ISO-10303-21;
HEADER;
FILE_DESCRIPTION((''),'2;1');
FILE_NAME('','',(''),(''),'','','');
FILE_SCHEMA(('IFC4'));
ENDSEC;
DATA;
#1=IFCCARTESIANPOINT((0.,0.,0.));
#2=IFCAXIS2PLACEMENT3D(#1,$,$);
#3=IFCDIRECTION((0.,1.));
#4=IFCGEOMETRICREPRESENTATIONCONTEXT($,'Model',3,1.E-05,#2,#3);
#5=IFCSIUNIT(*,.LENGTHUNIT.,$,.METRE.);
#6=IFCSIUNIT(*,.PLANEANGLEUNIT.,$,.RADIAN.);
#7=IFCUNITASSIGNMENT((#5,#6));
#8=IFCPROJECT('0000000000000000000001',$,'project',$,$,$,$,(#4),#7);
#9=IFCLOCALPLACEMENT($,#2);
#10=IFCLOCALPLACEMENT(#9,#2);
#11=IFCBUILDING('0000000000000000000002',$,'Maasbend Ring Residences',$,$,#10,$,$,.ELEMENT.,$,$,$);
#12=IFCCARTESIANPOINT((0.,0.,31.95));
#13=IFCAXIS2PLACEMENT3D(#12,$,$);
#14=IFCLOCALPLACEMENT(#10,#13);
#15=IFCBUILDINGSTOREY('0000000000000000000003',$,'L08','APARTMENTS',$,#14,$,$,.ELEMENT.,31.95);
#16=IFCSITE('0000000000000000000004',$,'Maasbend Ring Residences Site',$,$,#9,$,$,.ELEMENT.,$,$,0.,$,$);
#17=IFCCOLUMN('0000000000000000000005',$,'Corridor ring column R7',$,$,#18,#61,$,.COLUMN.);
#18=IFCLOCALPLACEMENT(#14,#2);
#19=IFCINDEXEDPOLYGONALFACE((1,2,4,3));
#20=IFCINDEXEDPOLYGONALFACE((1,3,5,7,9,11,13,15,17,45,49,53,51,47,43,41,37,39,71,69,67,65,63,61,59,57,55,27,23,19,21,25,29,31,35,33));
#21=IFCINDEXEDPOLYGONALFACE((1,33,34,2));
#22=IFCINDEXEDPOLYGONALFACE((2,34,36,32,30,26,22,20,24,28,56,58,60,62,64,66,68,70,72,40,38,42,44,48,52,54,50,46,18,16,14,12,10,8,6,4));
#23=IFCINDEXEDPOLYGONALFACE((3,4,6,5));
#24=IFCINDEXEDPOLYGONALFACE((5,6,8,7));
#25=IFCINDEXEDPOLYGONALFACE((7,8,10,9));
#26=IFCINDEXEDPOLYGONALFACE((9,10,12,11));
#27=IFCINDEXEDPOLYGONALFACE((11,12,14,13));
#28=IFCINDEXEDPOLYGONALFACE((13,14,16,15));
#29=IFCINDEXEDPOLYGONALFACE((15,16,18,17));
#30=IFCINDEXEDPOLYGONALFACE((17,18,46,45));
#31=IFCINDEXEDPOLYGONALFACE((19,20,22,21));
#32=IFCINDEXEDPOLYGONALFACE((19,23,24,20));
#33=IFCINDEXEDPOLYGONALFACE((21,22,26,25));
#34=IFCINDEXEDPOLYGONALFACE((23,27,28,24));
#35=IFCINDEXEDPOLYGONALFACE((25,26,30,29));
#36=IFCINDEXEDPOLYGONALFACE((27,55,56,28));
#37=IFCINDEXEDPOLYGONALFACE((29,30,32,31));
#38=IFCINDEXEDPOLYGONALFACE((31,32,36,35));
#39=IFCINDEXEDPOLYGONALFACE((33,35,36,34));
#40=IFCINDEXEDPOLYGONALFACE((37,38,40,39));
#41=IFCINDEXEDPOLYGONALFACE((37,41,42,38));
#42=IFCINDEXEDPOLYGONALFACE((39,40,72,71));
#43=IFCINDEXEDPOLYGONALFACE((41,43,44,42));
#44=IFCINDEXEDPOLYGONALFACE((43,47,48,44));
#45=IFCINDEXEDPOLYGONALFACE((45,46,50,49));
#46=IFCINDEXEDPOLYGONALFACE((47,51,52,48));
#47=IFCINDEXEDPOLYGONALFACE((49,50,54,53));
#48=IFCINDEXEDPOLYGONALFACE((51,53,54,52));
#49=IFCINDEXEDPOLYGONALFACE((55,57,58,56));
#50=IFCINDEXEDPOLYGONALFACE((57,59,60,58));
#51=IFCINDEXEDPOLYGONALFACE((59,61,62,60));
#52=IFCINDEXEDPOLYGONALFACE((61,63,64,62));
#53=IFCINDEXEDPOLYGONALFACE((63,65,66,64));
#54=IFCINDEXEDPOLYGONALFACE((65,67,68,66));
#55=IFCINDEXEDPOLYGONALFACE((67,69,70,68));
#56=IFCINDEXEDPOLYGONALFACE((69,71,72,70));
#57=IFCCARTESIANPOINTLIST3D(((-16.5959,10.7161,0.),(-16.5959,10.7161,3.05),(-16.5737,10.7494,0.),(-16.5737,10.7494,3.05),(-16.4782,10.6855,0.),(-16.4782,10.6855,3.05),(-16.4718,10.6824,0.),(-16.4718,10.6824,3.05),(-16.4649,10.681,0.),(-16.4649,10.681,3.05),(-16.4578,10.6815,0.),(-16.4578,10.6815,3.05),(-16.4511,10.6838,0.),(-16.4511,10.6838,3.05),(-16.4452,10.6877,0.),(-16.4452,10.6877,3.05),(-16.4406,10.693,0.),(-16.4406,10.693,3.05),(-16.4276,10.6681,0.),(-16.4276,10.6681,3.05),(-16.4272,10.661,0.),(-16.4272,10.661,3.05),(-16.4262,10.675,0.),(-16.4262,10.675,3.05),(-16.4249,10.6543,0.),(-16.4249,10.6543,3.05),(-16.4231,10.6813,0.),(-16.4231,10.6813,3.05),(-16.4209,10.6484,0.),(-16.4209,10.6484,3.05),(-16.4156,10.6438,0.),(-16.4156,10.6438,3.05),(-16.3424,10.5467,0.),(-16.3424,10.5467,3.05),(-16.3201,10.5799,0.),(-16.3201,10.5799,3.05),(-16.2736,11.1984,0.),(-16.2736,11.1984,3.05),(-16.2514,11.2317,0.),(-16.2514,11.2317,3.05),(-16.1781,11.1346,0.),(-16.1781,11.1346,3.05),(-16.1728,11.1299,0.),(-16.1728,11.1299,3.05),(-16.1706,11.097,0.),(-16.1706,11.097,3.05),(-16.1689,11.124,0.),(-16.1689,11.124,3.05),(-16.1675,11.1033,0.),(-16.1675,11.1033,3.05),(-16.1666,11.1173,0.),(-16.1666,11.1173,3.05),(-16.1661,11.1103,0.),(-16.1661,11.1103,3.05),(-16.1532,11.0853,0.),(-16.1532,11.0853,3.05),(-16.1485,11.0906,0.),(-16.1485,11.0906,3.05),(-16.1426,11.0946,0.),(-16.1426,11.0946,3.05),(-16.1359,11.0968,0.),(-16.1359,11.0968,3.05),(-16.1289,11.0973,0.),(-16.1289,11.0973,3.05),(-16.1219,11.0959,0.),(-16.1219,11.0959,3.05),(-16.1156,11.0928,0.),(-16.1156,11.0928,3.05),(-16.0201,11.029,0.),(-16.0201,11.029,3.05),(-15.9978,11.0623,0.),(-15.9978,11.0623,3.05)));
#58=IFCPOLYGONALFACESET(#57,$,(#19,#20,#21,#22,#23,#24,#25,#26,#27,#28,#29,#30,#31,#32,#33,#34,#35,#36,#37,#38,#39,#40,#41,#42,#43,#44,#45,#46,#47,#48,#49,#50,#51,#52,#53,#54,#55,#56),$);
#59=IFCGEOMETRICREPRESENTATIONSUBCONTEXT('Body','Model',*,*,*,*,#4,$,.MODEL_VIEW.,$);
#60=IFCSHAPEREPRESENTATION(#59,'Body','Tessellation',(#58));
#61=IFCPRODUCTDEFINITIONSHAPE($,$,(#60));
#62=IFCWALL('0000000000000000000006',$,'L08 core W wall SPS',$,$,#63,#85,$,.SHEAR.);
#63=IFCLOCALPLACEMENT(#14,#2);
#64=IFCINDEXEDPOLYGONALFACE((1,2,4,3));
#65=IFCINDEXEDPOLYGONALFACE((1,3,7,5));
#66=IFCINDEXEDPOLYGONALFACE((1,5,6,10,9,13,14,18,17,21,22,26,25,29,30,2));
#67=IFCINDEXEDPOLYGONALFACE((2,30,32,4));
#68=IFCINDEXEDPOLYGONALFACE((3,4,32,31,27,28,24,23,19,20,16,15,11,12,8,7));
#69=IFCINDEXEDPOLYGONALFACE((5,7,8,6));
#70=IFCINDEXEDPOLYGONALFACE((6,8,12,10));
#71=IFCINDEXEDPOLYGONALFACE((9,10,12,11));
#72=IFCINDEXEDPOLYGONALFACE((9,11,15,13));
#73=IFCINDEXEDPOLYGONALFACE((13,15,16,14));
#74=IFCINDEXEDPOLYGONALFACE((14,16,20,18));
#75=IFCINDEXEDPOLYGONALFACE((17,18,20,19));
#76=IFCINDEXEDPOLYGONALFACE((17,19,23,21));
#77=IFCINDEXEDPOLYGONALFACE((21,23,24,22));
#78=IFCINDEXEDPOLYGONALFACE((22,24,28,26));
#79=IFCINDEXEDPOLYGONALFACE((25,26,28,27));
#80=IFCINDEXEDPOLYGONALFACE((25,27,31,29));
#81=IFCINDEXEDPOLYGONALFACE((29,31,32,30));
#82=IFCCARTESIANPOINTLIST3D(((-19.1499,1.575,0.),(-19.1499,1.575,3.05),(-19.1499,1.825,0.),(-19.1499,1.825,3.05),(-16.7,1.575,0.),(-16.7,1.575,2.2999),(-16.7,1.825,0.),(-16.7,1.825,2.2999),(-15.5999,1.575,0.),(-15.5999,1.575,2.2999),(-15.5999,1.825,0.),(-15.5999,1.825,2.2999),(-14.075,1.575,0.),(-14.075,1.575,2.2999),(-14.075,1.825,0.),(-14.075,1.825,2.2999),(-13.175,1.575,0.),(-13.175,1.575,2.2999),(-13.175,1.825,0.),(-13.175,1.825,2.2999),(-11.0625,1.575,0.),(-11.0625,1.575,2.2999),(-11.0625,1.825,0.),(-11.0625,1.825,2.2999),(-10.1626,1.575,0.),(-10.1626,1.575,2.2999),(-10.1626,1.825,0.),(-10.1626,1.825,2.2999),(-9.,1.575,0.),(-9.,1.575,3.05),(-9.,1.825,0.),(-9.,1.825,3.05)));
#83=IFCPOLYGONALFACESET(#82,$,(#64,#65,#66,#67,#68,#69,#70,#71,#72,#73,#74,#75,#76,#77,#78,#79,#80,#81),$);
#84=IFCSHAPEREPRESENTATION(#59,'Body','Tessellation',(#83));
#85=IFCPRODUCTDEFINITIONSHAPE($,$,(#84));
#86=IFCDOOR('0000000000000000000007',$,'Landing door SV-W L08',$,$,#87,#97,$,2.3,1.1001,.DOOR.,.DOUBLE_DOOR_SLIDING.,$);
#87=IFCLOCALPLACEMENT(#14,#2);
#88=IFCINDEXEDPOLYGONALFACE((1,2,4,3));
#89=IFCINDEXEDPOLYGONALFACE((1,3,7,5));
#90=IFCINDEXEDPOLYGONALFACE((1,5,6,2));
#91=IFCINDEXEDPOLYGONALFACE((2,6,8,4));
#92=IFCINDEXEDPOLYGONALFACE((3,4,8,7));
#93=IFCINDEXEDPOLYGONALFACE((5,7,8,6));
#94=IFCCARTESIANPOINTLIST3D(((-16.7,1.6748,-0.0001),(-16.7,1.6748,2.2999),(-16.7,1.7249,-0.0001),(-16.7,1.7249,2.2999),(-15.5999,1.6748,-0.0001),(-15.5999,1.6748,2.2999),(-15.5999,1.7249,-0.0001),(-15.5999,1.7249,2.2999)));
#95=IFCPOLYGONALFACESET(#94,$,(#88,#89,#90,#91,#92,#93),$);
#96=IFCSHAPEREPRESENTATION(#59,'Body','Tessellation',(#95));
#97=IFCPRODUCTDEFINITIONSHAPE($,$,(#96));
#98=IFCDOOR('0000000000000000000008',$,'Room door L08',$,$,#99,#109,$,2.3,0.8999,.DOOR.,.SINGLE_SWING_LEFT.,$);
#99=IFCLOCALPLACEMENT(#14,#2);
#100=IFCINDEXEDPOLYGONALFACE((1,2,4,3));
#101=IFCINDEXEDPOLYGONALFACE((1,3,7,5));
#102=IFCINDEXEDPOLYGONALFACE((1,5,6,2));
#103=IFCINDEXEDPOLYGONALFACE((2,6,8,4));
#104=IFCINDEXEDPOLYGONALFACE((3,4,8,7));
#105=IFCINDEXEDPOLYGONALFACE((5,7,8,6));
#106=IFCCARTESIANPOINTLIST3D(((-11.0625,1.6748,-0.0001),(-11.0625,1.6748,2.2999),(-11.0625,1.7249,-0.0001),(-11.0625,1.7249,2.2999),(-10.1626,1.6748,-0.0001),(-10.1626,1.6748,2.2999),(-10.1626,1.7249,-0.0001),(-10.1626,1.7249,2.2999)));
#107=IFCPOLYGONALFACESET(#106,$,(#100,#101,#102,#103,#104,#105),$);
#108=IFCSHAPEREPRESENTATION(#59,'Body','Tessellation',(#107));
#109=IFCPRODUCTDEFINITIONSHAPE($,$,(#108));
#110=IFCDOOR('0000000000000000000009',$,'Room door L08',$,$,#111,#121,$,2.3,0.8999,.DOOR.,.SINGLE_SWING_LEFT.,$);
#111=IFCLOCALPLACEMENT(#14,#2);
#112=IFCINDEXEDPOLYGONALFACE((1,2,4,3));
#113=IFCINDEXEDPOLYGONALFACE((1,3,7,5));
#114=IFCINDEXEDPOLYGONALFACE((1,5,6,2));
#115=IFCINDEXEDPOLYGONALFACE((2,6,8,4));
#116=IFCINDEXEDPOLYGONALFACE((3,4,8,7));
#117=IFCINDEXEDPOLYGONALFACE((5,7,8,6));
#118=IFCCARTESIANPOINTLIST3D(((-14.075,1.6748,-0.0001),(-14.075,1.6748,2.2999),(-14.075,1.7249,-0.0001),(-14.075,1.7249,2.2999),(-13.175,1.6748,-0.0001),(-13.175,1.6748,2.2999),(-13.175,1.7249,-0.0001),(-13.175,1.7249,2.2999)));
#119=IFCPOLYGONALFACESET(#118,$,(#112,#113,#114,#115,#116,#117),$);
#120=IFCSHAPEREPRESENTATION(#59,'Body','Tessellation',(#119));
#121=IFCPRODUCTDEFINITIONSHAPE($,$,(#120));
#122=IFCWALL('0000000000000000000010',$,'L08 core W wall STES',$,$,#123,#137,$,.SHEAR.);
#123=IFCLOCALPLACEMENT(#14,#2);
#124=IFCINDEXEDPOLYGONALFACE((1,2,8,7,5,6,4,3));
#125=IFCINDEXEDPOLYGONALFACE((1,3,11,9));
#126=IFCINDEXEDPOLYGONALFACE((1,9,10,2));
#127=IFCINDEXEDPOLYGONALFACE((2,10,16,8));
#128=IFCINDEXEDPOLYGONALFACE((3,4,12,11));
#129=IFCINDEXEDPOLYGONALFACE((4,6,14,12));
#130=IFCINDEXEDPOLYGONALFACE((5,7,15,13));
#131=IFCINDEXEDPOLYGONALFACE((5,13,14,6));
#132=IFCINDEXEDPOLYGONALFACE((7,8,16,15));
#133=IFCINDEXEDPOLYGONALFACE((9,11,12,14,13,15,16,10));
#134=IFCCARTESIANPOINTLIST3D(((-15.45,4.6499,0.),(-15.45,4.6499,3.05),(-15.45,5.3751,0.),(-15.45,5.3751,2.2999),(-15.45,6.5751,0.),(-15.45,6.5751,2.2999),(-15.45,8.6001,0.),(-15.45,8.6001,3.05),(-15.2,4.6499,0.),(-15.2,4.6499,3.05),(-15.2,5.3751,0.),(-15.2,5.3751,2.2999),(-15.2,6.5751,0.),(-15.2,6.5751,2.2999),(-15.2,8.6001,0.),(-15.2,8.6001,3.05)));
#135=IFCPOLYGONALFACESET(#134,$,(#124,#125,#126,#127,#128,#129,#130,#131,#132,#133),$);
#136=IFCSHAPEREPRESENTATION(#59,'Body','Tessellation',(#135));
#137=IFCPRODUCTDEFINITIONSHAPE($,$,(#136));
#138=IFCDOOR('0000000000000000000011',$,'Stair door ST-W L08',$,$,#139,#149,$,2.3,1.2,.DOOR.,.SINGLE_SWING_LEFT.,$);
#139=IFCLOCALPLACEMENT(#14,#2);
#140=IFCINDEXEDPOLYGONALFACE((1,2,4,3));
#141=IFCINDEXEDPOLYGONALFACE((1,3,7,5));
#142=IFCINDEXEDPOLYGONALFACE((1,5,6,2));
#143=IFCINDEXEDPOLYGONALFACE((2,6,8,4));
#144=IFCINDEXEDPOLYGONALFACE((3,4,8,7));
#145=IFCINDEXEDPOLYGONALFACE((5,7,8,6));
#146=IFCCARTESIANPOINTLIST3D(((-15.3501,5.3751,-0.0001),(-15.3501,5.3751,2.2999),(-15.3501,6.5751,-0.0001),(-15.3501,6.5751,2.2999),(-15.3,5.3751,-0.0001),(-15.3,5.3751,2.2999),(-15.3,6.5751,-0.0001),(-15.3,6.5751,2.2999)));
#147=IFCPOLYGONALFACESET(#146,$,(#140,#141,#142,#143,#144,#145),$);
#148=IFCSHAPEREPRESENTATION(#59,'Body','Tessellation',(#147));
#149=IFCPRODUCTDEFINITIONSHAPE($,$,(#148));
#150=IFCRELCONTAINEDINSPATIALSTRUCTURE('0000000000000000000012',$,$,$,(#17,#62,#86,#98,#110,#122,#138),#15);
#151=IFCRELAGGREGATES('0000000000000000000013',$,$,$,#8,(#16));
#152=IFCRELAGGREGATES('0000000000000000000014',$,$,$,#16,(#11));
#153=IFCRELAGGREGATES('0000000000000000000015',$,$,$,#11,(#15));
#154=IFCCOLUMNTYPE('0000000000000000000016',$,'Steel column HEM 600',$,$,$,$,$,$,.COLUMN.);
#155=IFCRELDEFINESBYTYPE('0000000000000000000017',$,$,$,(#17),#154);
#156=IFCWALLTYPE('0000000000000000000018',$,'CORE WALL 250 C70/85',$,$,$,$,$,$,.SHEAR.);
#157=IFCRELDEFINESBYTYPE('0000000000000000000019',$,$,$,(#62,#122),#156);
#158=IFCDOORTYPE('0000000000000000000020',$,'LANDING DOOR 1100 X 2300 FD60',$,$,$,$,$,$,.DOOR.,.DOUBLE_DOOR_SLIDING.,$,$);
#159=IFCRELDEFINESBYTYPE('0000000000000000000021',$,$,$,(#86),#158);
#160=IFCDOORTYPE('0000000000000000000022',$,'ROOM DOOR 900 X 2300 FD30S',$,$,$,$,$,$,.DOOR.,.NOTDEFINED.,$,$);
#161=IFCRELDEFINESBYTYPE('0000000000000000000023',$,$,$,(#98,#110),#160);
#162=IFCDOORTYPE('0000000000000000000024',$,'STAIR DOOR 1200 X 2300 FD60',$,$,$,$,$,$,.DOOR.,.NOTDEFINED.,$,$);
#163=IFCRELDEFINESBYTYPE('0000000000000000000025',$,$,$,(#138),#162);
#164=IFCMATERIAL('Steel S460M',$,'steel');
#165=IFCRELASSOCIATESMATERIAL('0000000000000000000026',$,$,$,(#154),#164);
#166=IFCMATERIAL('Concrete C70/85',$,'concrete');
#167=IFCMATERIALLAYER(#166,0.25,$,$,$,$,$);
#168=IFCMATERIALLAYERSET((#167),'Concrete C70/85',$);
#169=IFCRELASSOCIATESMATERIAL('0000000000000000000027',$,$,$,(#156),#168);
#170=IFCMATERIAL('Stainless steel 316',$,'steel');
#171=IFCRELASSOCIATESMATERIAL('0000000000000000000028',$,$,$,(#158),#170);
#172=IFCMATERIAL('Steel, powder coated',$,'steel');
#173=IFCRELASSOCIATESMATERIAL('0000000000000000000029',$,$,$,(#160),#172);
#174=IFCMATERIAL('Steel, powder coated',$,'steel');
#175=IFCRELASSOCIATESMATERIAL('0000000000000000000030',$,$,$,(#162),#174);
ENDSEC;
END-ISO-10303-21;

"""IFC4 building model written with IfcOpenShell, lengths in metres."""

from ifc_helpers import new_model, si_unit, direction, frame, frame_2d, origin, origin_2d, place, context, subcontext, project, spatial, rectangle, i_section, extrude, material, layer, layer_set, material_profile, profile_set, type_object, element, fill, save


model = new_model("IFC4")

# Units and contexts
model_context = context("Model", 3, precision=1e-05, world=origin(), true_north=direction((0.0, 1.0)))
body_context = subcontext(model_context, "Body", "Model", "MODEL_VIEW")
ifc_project = project(units=[si_unit("LENGTHUNIT", "METRE"), si_unit("PLANEANGLEUNIT", "RADIAN")], contexts=[model_context])

# Site, building, storey
site_placement = place(None, origin())
site = spatial("IfcSite", under=ifc_project, at=site_placement, Name="Maasbend Ring Residences Site", CompositionType="ELEMENT", RefElevation=0.0)
building_placement = place(site_placement, origin())
building = spatial("IfcBuilding", under=site, at=building_placement, Name="Maasbend Ring Residences", CompositionType="ELEMENT")
storey_placement = place(building_placement, frame((0.0, 0.0, 31.95)))
storey = spatial("IfcBuildingStorey", under=building, at=storey_placement, Name="L08", Description="APARTMENTS", CompositionType="ELEMENT", Elevation=31.95)

# Column
ifc_material_1 = material(Name="Steel S460M", Category="steel")
ifc_material_profile = material_profile(ifc_material_1, i_section(OverallWidth=0.3049, OverallDepth=0.6201, WebThickness=0.021, FlangeThickness=0.04, FilletRadius=0.0271, at=origin_2d()), Name="HEM 600")
ifc_profile_set = profile_set([ifc_material_profile], Name="Steel S460M")
column_type = type_object("IfcColumnType", Name="Steel column HEM 600", PredefinedType="COLUMN", material=ifc_profile_set)
column_placement = place(storey_placement, frame((-16.2969, 10.8892, 0.0), z_axis=(0.0, 0.0, 1.0), x_axis=(-0.83147, 0.55557, 0.0)))
element("IfcColumn", 1, at=column_placement, inside=storey, type_object=column_type, Name="Corridor ring column R7", PredefinedType="COLUMN", context=body_context, shape_type="SweptSolid", body=[
    extrude(i_section(OverallWidth=0.3049, OverallDepth=0.6201, WebThickness=0.021, FlangeThickness=0.04, FilletRadius=0.0271, at=origin_2d()), origin(), (0.0, 0.0, 1.0), 3.05),
])

# Wall, openings, doors
ifc_material_2 = material(Name="Concrete C70/85", Category="concrete")
ifc_layer_1 = layer(ifc_material_2, 0.25)
ifc_layer_set_1 = layer_set([ifc_layer_1], Name="Concrete C70/85")
wall_type_1 = type_object("IfcWallType", Name="CORE WALL 250 C70/85", PredefinedType="SHEAR", material=ifc_layer_set_1)
wall_1_placement = place(storey_placement, frame((-19.1499, 1.7, 0.0), z_axis=(0.0, 0.0, 1.0), x_axis=(1.0, 0.0, 0.0)))
wall_1 = element("IfcWall", 2, at=wall_1_placement, inside=storey, type_object=wall_type_1, Name="L08 core W wall SPS", PredefinedType="SHEAR", context=body_context, shape_type="SweptSolid", body=[
    extrude(rectangle(XDim=10.1499, YDim=0.25, at=frame_2d((5.075, 0.0))), origin(), (0.0, 0.0, 1.0), 3.05),
])
opening_1_placement = place(wall_1_placement, frame((2.45, 0.0, 0.0)))
opening_1 = element("IfcOpeningElement", 3, at=opening_1_placement, cuts=wall_1, PredefinedType="OPENING", context=body_context, shape_type="SweptSolid", body=[
    extrude(rectangle(XDim=1.1001, YDim=2.3, at=frame_2d((0.55, 1.1499))), frame((0.0, 0.135, 0.0), z_axis=(0.0, -1.0, 0.0), x_axis=(1.0, 0.0, 0.0)), (0.0, 0.0, 1.0), 0.27),
])
opening_2_placement = place(wall_1_placement, frame((8.0874, 0.0, 0.0)))
opening_2 = element("IfcOpeningElement", 4, at=opening_2_placement, cuts=wall_1, PredefinedType="OPENING", context=body_context, shape_type="SweptSolid", body=[
    extrude(rectangle(XDim=0.8999, YDim=2.3, at=frame_2d((0.45, 1.1499))), frame((0.0, 0.135, 0.0), z_axis=(0.0, -1.0, 0.0), x_axis=(1.0, 0.0, 0.0)), (0.0, 0.0, 1.0), 0.27),
])
opening_3_placement = place(wall_1_placement, frame((5.075, 0.0, 0.0)))
opening_3 = element("IfcOpeningElement", 5, at=opening_3_placement, cuts=wall_1, PredefinedType="OPENING", context=body_context, shape_type="SweptSolid", body=[
    extrude(rectangle(XDim=0.8999, YDim=2.3, at=frame_2d((0.45, 1.1499))), frame((0.0, 0.135, 0.0), z_axis=(0.0, -1.0, 0.0), x_axis=(1.0, 0.0, 0.0)), (0.0, 0.0, 1.0), 0.27),
])
ifc_material_3 = material(Name="Stainless steel 316", Category="steel")
door_type_1 = type_object("IfcDoorType", Name="LANDING DOOR 1100 X 2300 FD60", OperationType="DOUBLE_DOOR_SLIDING", PredefinedType="DOOR", material=ifc_material_3)
door_1_placement = place(opening_1_placement, origin())
door_1 = element("IfcDoor", 6, at=door_1_placement, inside=storey, type_object=door_type_1, Name="Landing door SV-W L08", OperationType="DOUBLE_DOOR_SLIDING", OverallHeight=2.3, OverallWidth=1.1001, PredefinedType="DOOR", context=body_context, shape_type="SweptSolid", body=[
    extrude(rectangle(XDim=1.1001, YDim=2.3, at=frame_2d((0.55, 1.1499))), frame((0.0, 0.0249, 0.0), z_axis=(0.0, -1.0, 0.0), x_axis=(1.0, 0.0, 0.0)), (0.0, 0.0, 1.0), 0.05),
])
fill(opening_1, door_1)
ifc_material_4 = material(Name="Steel, powder coated", Category="steel")
door_type_2 = type_object("IfcDoorType", Name="ROOM DOOR 900 X 2300 FD30S", OperationType="NOTDEFINED", PredefinedType="DOOR", material=ifc_material_4)
door_2_placement = place(opening_2_placement, origin())
door_2 = element("IfcDoor", 7, at=door_2_placement, inside=storey, type_object=door_type_2, Name="Room door L08", OperationType="SINGLE_SWING_LEFT", OverallHeight=2.3, OverallWidth=0.8999, PredefinedType="DOOR", context=body_context, shape_type="SweptSolid", body=[
    extrude(rectangle(XDim=0.8999, YDim=2.3, at=frame_2d((0.45, 1.1499))), frame((0.0, 0.0249, 0.0), z_axis=(0.0, -1.0, 0.0), x_axis=(1.0, 0.0, 0.0)), (0.0, 0.0, 1.0), 0.05),
])
fill(opening_2, door_2)
door_3_placement = place(opening_3_placement, origin())
door_3 = element("IfcDoor", 8, at=door_3_placement, inside=storey, type_object=door_type_2, Name="Room door L08", OperationType="SINGLE_SWING_LEFT", OverallHeight=2.3, OverallWidth=0.8999, PredefinedType="DOOR", context=body_context, shape_type="SweptSolid", body=[
    extrude(rectangle(XDim=0.8999, YDim=2.3, at=frame_2d((0.45, 1.1499))), frame((0.0, 0.0249, 0.0), z_axis=(0.0, -1.0, 0.0), x_axis=(1.0, 0.0, 0.0)), (0.0, 0.0, 1.0), 0.05),
])
fill(opening_3, door_3)

# Wall, opening, door
wall_2_placement = place(storey_placement, frame((-15.325, 8.6001, 0.0), z_axis=(0.0, 0.0, 1.0), x_axis=(0.0, -1.0, 0.0)))
wall_2 = element("IfcWall", 9, at=wall_2_placement, inside=storey, type_object=wall_type_1, Name="L08 core W wall STES", PredefinedType="SHEAR", context=body_context, shape_type="SweptSolid", body=[
    extrude(rectangle(XDim=3.9502, YDim=0.25, at=frame_2d((1.9751, 0.0))), origin(), (0.0, 0.0, 1.0), 3.05),
])
opening_4_placement = place(wall_2_placement, frame((2.0249, 0.0, 0.0)))
opening_4 = element("IfcOpeningElement", 10, at=opening_4_placement, cuts=wall_2, PredefinedType="OPENING", context=body_context, shape_type="SweptSolid", body=[
    extrude(rectangle(XDim=1.2, YDim=2.3, at=frame_2d((0.6001, 1.1499))), frame((0.0, 0.135, 0.0), z_axis=(0.0, -1.0, 0.0), x_axis=(1.0, 0.0, 0.0)), (0.0, 0.0, 1.0), 0.27),
])
ifc_material_5 = material(Name="Steel, powder coated", Category="steel")
door_type_3 = type_object("IfcDoorType", Name="STAIR DOOR 1200 X 2300 FD60", OperationType="NOTDEFINED", PredefinedType="DOOR", material=ifc_material_5)
door_4_placement = place(opening_4_placement, origin())
door_4 = element("IfcDoor", 11, at=door_4_placement, inside=storey, type_object=door_type_3, Name="Stair door ST-W L08", OperationType="SINGLE_SWING_LEFT", OverallHeight=2.3, OverallWidth=1.2, PredefinedType="DOOR", context=body_context, shape_type="SweptSolid", body=[
    extrude(rectangle(XDim=1.2, YDim=2.3, at=frame_2d((0.6001, 1.1499))), frame((0.0, 0.0249, 0.0), z_axis=(0.0, -1.0, 0.0), x_axis=(1.0, 0.0, 0.0)), (0.0, 0.0, 1.0), 0.05),
])
fill(opening_4, door_4)

save(model, "model.ifc")
